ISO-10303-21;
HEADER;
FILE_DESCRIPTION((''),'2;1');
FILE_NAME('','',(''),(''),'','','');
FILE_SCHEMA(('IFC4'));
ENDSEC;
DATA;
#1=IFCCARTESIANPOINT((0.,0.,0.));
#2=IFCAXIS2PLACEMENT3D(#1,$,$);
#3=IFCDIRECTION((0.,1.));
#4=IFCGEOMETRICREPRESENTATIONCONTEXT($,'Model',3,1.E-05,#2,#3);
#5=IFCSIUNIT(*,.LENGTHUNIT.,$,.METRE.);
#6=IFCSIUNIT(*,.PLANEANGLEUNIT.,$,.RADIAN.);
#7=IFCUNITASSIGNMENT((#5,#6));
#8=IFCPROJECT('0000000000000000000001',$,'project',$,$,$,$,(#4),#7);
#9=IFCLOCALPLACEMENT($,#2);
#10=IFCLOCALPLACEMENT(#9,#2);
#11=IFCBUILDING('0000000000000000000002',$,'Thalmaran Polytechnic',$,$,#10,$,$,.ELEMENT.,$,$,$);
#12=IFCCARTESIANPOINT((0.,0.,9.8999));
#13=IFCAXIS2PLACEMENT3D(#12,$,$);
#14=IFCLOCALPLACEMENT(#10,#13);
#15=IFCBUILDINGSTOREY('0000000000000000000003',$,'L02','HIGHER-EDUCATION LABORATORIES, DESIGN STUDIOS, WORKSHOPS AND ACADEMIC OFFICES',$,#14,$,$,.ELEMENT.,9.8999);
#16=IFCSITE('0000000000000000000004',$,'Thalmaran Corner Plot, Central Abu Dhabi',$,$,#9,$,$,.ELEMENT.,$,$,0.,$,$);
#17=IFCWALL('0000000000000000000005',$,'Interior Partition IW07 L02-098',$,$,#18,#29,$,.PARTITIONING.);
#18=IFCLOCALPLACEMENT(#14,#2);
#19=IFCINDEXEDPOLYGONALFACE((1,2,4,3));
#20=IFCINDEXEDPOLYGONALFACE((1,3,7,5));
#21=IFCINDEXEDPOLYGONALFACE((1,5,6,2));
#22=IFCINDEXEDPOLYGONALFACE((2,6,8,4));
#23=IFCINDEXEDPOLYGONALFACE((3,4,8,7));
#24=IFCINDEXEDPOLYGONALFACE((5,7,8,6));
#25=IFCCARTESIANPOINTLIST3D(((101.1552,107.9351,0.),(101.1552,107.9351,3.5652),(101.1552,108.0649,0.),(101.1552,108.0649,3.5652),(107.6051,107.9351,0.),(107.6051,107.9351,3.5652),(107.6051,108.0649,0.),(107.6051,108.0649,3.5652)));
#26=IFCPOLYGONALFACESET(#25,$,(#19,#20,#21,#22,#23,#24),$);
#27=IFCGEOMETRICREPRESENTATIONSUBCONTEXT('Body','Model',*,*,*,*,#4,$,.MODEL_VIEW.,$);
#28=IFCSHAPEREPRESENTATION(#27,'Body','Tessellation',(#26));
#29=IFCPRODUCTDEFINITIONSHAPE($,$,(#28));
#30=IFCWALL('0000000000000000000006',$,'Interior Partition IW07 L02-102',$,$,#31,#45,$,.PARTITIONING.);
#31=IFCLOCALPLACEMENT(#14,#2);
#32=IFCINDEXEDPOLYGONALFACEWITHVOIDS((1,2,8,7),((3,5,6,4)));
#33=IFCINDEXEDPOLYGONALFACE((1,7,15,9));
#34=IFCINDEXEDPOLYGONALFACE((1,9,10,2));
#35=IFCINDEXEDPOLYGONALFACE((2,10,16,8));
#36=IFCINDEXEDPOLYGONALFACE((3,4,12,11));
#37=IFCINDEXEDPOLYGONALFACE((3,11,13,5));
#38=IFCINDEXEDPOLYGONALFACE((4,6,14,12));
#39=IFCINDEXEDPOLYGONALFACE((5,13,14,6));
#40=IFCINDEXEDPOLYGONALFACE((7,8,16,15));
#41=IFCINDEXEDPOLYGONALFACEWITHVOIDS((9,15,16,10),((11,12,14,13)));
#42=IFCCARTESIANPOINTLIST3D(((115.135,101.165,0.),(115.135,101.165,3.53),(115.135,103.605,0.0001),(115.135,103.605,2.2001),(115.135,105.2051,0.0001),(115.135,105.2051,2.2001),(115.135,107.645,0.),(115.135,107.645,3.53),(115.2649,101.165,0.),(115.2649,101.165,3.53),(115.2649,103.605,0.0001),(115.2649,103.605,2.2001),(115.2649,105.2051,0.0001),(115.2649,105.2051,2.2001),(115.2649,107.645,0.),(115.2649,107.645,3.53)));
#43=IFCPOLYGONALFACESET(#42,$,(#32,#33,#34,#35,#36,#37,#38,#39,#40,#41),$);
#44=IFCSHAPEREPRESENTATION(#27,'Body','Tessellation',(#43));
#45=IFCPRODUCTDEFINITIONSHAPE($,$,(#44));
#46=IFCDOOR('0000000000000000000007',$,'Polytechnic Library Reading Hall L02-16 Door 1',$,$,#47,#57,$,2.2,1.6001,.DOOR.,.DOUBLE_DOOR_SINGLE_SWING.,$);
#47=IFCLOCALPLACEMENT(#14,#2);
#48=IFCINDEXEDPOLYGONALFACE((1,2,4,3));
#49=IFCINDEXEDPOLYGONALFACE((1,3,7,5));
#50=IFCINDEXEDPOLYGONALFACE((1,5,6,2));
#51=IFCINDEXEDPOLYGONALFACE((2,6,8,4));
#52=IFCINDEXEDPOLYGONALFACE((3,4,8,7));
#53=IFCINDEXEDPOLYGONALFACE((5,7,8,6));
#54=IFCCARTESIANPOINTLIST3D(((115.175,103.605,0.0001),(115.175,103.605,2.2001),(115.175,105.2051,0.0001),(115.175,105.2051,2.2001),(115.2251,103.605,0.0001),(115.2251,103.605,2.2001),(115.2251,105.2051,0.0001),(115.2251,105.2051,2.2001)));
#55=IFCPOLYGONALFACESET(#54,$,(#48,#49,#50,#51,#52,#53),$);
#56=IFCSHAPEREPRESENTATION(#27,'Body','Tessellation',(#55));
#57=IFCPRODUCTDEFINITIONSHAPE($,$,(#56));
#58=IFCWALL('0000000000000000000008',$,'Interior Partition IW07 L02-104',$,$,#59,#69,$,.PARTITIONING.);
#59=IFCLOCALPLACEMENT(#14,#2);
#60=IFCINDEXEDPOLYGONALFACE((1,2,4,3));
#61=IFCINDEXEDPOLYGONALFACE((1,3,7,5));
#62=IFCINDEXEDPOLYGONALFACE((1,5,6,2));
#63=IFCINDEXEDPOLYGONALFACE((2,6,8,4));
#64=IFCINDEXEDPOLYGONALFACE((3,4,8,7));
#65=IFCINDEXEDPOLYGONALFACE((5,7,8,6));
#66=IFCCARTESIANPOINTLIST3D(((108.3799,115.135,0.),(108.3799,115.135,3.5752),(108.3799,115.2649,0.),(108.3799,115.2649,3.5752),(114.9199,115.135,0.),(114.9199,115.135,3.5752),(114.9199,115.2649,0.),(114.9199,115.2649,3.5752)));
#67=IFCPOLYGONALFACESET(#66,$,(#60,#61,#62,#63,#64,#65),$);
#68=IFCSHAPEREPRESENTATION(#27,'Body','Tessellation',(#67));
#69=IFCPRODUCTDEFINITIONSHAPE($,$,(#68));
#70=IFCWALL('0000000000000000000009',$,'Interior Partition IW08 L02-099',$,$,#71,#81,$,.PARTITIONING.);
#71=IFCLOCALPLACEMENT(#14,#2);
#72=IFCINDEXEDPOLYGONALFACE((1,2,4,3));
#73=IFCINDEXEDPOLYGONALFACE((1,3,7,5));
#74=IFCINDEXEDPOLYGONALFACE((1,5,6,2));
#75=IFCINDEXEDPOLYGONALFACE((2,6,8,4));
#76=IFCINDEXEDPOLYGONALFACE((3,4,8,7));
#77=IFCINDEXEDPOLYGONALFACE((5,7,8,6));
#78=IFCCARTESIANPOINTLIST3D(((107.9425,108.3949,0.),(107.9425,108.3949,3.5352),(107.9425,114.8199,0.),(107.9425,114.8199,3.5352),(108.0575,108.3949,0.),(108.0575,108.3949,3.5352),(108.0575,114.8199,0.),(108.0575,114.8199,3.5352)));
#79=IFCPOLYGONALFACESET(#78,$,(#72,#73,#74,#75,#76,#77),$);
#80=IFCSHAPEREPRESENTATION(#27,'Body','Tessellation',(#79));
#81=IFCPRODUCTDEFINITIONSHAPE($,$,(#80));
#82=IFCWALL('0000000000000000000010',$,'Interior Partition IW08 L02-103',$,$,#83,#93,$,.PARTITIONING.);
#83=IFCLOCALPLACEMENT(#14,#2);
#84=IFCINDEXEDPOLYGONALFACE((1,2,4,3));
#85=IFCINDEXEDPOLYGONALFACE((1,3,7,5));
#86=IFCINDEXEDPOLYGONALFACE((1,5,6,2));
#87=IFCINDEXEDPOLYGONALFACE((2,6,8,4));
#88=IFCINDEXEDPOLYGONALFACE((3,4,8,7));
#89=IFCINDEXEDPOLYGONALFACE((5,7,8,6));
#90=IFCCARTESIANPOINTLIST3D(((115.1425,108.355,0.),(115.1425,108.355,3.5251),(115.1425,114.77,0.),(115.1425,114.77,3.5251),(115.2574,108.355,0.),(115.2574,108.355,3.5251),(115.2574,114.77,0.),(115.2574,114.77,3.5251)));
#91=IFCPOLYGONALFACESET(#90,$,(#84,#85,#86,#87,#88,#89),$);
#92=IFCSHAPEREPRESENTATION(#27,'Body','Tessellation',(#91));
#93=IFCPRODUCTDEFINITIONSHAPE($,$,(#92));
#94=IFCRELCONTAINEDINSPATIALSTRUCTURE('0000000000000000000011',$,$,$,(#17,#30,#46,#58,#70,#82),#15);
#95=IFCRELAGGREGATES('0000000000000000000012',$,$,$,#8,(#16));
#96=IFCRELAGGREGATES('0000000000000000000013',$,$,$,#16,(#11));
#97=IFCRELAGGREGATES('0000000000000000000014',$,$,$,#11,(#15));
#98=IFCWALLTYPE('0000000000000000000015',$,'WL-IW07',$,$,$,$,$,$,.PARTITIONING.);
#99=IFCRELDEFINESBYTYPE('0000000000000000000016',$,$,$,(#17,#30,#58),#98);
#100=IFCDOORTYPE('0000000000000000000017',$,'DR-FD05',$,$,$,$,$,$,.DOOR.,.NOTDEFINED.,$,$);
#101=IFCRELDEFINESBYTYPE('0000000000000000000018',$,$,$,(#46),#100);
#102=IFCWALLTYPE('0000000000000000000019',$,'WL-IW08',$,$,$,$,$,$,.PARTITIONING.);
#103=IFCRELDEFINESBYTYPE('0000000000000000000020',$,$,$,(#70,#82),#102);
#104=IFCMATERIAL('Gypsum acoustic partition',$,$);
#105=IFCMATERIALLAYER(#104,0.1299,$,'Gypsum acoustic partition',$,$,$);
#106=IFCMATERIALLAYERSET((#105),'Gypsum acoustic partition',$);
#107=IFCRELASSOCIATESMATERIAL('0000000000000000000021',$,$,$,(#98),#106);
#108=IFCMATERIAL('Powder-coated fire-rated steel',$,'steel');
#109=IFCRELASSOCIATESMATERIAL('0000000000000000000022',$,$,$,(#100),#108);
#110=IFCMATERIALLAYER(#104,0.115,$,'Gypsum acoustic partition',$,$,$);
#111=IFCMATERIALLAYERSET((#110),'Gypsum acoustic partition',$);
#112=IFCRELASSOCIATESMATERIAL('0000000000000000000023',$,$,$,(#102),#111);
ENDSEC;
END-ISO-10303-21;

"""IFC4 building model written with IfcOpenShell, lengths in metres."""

from ifc_helpers import new_model, si_unit, direction, frame, frame_2d, origin, place, context, subcontext, project, spatial, rectangle, extrude, material, layer, layer_set, type_object, element, fill, save


model = new_model("IFC4")

# Units and contexts
model_context = context("Model", 3, precision=1e-05, world=origin(), true_north=direction((0.0, 1.0)))
body_context = subcontext(model_context, "Body", "Model", "MODEL_VIEW")
ifc_project = project(units=[si_unit("LENGTHUNIT", "METRE"), si_unit("PLANEANGLEUNIT", "RADIAN")], contexts=[model_context])

# Site, building, storey
site_placement = place(None, origin())
site = spatial("IfcSite", under=ifc_project, at=site_placement, Name="Thalmaran Corner Plot, Central Abu Dhabi", CompositionType="ELEMENT", RefElevation=0.0)
building_placement = place(site_placement, origin())
building = spatial("IfcBuilding", under=site, at=building_placement, Name="Thalmaran Polytechnic", CompositionType="ELEMENT")
storey_placement = place(building_placement, frame((0.0, 0.0, 9.8999)))
storey = spatial("IfcBuildingStorey", under=building, at=storey_placement, Name="L02", Description="HIGHER-EDUCATION LABORATORIES, DESIGN STUDIOS, WORKSHOPS AND ACADEMIC OFFICES", CompositionType="ELEMENT", Elevation=9.8999)

# Wall
ifc_material_1 = material(Name="Gypsum acoustic partition")
ifc_layer_1 = layer(ifc_material_1, 0.1299, Name="Gypsum acoustic partition")
ifc_layer_set_1 = layer_set([ifc_layer_1], Name="Gypsum acoustic partition")
wall_type_1 = type_object("IfcWallType", Name="WL-IW07", PredefinedType="PARTITIONING", material=ifc_layer_set_1)
wall_1_placement = place(storey_placement, frame((101.155, 108.0, 0.0), z_axis=(0.0, 0.0, 1.0), x_axis=(1.0, 0.0, 0.0)))
element("IfcWall", 1, at=wall_1_placement, inside=storey, type_object=wall_type_1, Name="Interior Partition IW07 L02-098", PredefinedType="PARTITIONING", context=body_context, shape_type="SweptSolid", body=[
    extrude(rectangle(XDim=6.45, YDim=0.1299, at=frame_2d((3.2251, 0.0))), origin(), (0.0, 0.0, 1.0), 3.5652),
])

# Wall, opening, door
wall_2_placement = place(storey_placement, frame((115.2, 101.165, 0.0), z_axis=(0.0, 0.0, 1.0), x_axis=(0.0, 1.0, 0.0)))
wall_2 = element("IfcWall", 2, at=wall_2_placement, inside=storey, type_object=wall_type_1, Name="Interior Partition IW07 L02-102", PredefinedType="PARTITIONING", context=body_context, shape_type="SweptSolid", body=[
    extrude(rectangle(XDim=6.48, YDim=0.1299, at=frame_2d((3.24, 0.0))), origin(), (0.0, 0.0, 1.0), 3.53),
])
opening_placement = place(wall_2_placement, frame((2.4399, 0.0, 0.0)))
opening = element("IfcOpeningElement", 3, at=opening_placement, cuts=wall_2, PredefinedType="OPENING", context=body_context, shape_type="SweptSolid", body=[
    extrude(rectangle(XDim=1.6001, YDim=2.2, at=frame_2d((0.8, 1.1001))), frame((0.0, 0.075, 0.0), z_axis=(0.0, -1.0, 0.0), x_axis=(1.0, 0.0, 0.0)), (0.0, 0.0, 1.0), 0.1499),
])
ifc_material_2 = material(Name="Powder-coated fire-rated steel", Category="steel")
door_type = type_object("IfcDoorType", Name="DR-FD05", OperationType="NOTDEFINED", PredefinedType="DOOR", material=ifc_material_2)
door_placement = place(opening_placement, origin())
door = element("IfcDoor", 4, at=door_placement, inside=storey, type_object=door_type, Name="Polytechnic Library Reading Hall L02-16 Door 1", OperationType="DOUBLE_DOOR_SINGLE_SWING", OverallHeight=2.2, OverallWidth=1.6001, PredefinedType="DOOR", context=body_context, shape_type="SweptSolid", body=[
    extrude(rectangle(XDim=1.6001, YDim=2.2, at=frame_2d((0.8, 1.1001))), frame((0.0, 0.0249, 0.0), z_axis=(0.0, -1.0, 0.0), x_axis=(1.0, 0.0, 0.0)), (0.0, 0.0, 1.0), 0.05),
])
fill(opening, door)

# Walls
wall_3_placement = place(storey_placement, frame((108.3799, 115.2, 0.0), z_axis=(0.0, 0.0, 1.0), x_axis=(1.0, 0.0, 0.0)))
element("IfcWall", 5, at=wall_3_placement, inside=storey, type_object=wall_type_1, Name="Interior Partition IW07 L02-104", PredefinedType="PARTITIONING", context=body_context, shape_type="SweptSolid", body=[
    extrude(rectangle(XDim=6.54, YDim=0.1299, at=frame_2d((3.27, 0.0))), origin(), (0.0, 0.0, 1.0), 3.5752),
])
ifc_layer_2 = layer(ifc_material_1, 0.115, Name="Gypsum acoustic partition")
ifc_layer_set_2 = layer_set([ifc_layer_2], Name="Gypsum acoustic partition")
wall_type_2 = type_object("IfcWallType", Name="WL-IW08", PredefinedType="PARTITIONING", material=ifc_layer_set_2)
wall_4_placement = place(storey_placement, frame((108.0, 108.395, 0.0), z_axis=(0.0, 0.0, 1.0), x_axis=(0.0, 1.0, 0.0)))
element("IfcWall", 6, at=wall_4_placement, inside=storey, type_object=wall_type_2, Name="Interior Partition IW08 L02-099", PredefinedType="PARTITIONING", context=body_context, shape_type="SweptSolid", body=[
    extrude(rectangle(XDim=6.425, YDim=0.115, at=frame_2d((3.2124, 0.0))), origin(), (0.0, 0.0, 1.0), 3.5352),
])
wall_5_placement = place(storey_placement, frame((115.2, 108.355, 0.0), z_axis=(0.0, 0.0, 1.0), x_axis=(0.0, 1.0, 0.0)))
element("IfcWall", 7, at=wall_5_placement, inside=storey, type_object=wall_type_2, Name="Interior Partition IW08 L02-103", PredefinedType="PARTITIONING", context=body_context, shape_type="SweptSolid", body=[
    extrude(rectangle(XDim=6.415, YDim=0.115, at=frame_2d((3.2075, 0.0))), origin(), (0.0, 0.0, 1.0), 3.5251),
])

save(model, "model.ifc")
